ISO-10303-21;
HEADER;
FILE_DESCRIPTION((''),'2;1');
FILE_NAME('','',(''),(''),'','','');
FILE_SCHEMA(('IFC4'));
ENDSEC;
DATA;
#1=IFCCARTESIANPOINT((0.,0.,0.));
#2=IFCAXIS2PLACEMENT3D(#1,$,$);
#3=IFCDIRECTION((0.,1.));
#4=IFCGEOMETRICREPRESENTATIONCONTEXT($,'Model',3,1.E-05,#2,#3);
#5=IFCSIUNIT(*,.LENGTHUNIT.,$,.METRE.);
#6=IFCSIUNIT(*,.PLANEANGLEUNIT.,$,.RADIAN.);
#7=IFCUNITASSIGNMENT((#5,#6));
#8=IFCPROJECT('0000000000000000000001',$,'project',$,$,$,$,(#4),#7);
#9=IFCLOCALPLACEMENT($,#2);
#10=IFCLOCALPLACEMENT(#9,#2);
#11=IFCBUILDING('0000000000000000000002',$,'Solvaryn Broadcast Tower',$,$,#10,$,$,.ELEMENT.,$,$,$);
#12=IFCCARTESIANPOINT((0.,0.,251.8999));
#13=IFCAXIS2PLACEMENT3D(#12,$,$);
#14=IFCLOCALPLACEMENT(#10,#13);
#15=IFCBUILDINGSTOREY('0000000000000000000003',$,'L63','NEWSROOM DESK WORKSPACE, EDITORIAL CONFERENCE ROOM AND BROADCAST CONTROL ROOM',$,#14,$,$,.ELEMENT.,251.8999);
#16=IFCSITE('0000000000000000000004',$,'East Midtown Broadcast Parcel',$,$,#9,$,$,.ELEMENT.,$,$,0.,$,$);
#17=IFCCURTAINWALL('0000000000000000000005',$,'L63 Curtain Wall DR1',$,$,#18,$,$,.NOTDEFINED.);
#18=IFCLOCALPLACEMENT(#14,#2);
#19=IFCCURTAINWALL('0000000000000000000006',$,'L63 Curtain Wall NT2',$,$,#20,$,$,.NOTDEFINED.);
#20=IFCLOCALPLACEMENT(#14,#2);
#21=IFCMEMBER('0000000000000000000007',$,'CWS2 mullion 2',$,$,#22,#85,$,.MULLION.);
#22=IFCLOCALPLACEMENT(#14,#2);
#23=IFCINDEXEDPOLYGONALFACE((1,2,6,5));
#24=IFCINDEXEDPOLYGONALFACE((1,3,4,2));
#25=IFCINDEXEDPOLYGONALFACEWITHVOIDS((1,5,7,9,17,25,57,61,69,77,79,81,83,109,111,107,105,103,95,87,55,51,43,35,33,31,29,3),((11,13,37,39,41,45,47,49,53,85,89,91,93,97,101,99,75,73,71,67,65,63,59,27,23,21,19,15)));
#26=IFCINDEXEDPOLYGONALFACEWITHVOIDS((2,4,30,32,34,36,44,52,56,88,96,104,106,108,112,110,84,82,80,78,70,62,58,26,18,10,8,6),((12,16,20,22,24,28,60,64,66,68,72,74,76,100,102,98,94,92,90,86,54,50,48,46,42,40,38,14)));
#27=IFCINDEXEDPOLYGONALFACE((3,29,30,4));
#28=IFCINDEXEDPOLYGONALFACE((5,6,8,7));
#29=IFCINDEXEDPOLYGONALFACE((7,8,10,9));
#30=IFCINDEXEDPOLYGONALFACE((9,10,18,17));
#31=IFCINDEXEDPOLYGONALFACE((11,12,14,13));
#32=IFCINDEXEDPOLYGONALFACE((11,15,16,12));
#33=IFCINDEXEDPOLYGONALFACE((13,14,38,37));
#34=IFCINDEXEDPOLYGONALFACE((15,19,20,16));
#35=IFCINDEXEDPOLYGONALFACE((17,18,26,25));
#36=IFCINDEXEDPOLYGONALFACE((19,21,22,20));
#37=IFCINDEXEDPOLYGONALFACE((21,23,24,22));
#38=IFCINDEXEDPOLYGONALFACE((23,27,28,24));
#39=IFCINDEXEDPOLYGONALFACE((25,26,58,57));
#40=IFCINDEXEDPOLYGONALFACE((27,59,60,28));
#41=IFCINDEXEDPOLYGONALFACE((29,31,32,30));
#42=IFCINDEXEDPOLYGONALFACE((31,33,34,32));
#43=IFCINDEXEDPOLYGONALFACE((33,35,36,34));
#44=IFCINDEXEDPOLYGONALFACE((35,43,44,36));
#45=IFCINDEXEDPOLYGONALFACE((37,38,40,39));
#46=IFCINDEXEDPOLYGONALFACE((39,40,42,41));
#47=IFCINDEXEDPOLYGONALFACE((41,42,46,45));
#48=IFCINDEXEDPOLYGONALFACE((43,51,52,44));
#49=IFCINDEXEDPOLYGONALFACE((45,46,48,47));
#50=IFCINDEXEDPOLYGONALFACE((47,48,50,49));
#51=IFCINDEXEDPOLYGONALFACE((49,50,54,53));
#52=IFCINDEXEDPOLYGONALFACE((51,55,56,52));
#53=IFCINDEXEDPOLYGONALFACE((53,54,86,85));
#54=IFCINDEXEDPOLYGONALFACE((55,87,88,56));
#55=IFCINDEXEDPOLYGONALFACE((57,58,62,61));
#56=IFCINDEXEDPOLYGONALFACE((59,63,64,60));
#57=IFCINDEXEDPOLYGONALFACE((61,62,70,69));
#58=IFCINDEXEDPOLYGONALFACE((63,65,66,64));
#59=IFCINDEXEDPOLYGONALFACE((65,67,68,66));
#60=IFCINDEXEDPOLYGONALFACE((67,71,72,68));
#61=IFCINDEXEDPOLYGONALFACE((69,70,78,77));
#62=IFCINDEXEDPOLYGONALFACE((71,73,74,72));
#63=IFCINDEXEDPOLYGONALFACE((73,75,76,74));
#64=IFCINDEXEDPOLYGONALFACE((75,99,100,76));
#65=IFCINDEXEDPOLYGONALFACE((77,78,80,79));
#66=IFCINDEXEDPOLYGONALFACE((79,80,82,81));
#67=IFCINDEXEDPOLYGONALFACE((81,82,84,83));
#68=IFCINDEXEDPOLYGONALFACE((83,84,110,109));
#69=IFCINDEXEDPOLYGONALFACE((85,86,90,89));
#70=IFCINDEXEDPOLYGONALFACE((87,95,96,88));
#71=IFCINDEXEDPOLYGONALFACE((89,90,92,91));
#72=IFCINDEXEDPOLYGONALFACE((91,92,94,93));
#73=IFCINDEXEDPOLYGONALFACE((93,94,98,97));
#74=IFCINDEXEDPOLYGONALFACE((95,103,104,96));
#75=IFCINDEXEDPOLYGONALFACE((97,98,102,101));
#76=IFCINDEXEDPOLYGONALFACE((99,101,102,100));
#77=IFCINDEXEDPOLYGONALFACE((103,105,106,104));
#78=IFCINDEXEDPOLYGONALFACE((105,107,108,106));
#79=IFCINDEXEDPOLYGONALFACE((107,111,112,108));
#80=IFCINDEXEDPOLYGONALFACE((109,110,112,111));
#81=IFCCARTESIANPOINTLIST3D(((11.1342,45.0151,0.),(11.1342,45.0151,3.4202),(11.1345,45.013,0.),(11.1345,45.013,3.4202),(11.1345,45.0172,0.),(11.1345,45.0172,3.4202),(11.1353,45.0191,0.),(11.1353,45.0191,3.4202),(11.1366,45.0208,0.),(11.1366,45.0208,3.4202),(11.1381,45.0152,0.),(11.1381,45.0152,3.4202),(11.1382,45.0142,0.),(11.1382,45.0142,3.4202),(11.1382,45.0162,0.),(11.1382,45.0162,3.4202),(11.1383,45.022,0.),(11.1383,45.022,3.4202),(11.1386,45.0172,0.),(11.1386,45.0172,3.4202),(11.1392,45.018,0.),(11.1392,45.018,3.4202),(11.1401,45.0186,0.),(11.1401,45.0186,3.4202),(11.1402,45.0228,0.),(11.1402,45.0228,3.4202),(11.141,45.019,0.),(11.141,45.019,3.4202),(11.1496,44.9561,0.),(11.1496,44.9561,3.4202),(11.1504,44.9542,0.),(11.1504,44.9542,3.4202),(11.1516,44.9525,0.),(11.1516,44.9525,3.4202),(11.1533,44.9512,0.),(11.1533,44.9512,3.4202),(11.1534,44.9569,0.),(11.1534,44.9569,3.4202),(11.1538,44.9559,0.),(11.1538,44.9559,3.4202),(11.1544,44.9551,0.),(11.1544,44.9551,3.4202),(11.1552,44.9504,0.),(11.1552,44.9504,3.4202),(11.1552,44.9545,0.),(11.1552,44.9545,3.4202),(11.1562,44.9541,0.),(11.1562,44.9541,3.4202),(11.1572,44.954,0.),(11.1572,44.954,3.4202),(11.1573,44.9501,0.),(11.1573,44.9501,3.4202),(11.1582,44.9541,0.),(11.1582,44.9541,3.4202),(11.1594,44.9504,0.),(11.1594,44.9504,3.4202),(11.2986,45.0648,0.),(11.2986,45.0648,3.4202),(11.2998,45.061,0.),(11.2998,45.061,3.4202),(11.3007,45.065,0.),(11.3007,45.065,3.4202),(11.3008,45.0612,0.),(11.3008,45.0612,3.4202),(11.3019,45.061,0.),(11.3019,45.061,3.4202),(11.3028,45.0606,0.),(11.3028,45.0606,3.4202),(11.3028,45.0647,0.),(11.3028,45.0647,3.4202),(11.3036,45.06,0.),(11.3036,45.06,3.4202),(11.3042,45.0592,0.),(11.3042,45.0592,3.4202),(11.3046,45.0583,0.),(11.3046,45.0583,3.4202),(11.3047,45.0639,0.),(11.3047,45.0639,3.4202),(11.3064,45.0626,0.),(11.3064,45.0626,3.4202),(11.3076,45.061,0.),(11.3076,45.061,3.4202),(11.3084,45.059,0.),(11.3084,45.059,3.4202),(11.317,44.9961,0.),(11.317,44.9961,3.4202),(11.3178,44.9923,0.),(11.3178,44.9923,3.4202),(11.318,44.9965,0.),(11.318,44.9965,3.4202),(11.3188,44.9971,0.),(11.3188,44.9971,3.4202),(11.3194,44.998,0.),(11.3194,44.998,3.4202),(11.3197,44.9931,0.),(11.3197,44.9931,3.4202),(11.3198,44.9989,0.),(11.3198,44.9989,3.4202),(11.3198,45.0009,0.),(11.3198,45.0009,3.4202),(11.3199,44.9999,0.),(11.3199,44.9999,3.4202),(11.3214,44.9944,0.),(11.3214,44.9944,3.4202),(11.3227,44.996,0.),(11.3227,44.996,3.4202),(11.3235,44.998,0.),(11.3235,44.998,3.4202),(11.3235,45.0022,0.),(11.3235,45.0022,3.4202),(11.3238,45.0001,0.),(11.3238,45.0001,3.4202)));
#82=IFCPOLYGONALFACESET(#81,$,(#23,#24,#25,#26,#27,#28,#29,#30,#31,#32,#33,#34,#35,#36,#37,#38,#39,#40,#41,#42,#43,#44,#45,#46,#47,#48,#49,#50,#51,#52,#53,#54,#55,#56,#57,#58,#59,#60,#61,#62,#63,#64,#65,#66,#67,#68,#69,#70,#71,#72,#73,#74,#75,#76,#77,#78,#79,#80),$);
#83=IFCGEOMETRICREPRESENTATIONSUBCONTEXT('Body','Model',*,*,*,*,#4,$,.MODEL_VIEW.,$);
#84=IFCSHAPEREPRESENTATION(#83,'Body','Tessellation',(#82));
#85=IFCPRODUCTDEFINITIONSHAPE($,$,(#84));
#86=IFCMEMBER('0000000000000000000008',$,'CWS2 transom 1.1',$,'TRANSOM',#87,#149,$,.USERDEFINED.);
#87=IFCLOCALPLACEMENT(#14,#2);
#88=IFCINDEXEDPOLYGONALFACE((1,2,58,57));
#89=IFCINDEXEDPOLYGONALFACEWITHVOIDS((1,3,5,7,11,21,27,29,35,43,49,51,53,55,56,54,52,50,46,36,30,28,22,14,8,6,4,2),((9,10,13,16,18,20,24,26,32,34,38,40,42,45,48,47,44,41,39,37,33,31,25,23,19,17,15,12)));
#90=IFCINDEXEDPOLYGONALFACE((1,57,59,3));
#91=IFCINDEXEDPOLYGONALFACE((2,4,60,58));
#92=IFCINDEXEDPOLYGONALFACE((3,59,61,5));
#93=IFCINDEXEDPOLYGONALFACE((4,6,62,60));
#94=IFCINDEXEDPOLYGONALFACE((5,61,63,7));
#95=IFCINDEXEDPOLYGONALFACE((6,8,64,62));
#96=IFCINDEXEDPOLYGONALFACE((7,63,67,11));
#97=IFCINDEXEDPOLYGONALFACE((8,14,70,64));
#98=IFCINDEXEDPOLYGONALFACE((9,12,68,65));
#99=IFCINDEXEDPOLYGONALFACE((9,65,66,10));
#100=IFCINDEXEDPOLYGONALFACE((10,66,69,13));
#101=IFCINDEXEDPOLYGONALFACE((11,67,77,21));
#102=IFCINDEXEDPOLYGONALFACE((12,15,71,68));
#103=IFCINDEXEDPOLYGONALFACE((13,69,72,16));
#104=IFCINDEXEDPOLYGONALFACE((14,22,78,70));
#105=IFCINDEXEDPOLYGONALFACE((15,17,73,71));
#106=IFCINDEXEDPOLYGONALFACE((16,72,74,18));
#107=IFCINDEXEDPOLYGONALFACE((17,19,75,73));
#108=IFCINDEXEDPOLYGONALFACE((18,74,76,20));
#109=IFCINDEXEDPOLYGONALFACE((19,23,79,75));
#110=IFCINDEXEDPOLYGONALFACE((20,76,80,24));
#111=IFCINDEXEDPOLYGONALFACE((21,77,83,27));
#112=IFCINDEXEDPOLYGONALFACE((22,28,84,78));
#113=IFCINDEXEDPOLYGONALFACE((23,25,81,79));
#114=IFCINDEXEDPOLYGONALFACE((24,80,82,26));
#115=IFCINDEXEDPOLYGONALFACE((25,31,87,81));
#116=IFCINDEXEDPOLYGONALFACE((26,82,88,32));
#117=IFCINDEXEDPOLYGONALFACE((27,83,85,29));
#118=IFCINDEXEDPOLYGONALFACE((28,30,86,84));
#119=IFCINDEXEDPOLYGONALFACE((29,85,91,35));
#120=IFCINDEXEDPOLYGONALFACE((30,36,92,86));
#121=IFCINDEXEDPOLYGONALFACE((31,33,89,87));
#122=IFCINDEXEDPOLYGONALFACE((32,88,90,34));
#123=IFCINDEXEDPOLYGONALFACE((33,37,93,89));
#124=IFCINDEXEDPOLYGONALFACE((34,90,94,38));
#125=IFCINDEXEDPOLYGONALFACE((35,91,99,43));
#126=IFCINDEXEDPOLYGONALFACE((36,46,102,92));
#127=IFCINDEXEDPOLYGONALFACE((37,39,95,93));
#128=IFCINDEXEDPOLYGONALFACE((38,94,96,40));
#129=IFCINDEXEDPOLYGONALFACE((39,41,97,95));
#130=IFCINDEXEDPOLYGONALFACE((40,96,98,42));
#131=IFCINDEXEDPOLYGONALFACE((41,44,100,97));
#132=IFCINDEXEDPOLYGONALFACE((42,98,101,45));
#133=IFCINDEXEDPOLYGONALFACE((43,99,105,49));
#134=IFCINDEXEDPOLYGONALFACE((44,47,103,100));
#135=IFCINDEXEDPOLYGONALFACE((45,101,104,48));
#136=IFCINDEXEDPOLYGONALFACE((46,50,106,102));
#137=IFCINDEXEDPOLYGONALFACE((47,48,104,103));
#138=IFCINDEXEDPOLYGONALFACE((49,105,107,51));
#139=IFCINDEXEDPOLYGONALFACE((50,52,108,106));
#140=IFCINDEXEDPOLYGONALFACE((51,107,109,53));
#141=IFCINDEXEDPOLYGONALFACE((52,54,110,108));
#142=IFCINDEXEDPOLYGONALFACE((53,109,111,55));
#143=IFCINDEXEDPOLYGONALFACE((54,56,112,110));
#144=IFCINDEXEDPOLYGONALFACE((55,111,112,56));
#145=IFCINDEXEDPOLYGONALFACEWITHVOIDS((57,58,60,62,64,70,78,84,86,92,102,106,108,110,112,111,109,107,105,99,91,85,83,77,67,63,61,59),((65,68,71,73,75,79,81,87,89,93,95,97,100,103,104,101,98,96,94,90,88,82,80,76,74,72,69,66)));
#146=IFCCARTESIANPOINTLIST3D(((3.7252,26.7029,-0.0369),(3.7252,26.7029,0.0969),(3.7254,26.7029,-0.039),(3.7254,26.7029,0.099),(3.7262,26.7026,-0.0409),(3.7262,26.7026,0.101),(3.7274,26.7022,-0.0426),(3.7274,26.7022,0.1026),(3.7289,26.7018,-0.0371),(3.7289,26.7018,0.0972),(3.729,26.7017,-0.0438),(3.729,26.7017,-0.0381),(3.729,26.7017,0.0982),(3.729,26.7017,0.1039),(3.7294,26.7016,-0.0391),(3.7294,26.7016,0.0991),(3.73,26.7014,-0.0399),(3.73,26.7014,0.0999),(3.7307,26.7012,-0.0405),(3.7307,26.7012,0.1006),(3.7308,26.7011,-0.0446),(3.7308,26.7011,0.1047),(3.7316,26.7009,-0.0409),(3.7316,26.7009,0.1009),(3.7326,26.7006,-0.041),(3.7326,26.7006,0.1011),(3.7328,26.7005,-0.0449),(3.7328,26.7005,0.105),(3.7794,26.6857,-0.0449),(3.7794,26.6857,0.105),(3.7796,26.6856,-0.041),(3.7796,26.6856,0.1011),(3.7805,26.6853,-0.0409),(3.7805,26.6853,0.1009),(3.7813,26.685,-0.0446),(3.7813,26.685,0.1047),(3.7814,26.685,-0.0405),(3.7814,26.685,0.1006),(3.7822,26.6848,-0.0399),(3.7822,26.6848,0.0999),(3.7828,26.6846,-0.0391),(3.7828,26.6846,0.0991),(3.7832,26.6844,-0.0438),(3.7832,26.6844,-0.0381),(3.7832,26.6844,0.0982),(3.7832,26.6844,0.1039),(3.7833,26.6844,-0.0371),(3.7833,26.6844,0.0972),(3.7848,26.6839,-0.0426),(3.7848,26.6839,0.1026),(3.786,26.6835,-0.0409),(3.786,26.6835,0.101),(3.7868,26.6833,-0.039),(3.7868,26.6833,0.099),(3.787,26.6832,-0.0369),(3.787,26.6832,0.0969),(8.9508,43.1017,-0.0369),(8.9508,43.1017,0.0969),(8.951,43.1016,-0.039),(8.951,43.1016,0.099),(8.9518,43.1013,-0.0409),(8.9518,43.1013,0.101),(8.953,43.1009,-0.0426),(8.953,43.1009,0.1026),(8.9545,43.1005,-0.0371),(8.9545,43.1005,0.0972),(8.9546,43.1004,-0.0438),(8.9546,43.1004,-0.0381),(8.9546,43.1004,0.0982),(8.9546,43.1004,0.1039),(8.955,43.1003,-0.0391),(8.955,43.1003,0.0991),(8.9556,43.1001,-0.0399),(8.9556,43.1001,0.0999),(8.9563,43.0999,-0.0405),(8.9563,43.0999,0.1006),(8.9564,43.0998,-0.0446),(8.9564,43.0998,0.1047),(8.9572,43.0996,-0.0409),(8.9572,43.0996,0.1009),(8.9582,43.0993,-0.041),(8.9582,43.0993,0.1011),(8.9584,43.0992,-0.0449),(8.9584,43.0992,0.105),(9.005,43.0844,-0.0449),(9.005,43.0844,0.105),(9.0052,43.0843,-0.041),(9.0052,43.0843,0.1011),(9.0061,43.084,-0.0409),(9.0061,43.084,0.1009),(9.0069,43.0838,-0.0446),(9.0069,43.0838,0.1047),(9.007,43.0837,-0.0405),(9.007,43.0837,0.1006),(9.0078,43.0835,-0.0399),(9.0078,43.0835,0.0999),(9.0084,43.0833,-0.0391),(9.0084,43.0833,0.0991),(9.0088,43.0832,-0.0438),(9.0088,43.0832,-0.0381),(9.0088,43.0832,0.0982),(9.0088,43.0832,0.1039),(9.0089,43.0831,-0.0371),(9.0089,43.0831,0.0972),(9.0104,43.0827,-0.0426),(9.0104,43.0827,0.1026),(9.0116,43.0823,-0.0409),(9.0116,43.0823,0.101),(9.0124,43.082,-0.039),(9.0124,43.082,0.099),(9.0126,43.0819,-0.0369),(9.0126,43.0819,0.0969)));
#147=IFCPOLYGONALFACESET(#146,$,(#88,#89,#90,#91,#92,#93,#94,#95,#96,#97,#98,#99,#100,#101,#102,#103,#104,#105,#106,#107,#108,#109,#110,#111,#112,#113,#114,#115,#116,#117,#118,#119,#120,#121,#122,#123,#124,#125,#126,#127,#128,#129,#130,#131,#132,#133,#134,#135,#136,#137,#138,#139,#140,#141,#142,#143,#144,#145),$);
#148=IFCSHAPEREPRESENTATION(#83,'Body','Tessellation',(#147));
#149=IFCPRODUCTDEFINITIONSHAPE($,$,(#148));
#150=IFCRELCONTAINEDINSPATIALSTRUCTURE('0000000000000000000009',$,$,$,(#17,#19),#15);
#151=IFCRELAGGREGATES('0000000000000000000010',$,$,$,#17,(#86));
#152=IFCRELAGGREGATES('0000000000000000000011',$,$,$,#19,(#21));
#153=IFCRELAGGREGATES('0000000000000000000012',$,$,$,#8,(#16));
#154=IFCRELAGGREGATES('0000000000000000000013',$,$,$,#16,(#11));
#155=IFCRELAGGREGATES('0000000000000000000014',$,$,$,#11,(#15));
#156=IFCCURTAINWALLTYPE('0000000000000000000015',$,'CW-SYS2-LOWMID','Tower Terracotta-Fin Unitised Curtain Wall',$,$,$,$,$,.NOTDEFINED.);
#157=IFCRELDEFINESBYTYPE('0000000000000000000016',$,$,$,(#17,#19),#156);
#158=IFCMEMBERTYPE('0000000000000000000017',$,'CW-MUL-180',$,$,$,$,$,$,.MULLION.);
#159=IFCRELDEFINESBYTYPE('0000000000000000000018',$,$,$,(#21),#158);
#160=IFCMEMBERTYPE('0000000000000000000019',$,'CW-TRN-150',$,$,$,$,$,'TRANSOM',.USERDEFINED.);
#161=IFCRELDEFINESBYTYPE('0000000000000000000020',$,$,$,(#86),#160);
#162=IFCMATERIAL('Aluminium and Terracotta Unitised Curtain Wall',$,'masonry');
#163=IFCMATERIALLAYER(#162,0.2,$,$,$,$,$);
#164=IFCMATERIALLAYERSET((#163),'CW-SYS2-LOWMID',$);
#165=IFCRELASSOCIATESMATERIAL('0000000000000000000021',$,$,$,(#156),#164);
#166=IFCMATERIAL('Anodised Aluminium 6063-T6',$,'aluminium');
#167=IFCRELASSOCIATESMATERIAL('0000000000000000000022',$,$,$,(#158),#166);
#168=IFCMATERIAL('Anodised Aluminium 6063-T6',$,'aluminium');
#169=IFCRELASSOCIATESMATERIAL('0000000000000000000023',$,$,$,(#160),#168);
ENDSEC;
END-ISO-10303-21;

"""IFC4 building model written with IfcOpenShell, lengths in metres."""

from ifc_helpers import new_model, si_unit, direction, frame, origin, origin_2d, place, context, subcontext, project, spatial, hollow_rectangle, extrude, material, layer, layer_set, material_profile, profile_set, type_object, element, aggregate, save


model = new_model("IFC4")

# Units and contexts
model_context = context("Model", 3, precision=1e-05, world=origin(), true_north=direction((0.0, 1.0)))
body_context = subcontext(model_context, "Body", "Model", "MODEL_VIEW")
ifc_project = project(units=[si_unit("LENGTHUNIT", "METRE"), si_unit("PLANEANGLEUNIT", "RADIAN")], contexts=[model_context])

# Site, building, storey
site_placement = place(None, origin())
site = spatial("IfcSite", under=ifc_project, at=site_placement, Name="East Midtown Broadcast Parcel", CompositionType="ELEMENT", RefElevation=0.0)
building_placement = place(site_placement, origin())
building = spatial("IfcBuilding", under=site, at=building_placement, Name="Solvaryn Broadcast Tower", CompositionType="ELEMENT")
storey_placement = place(building_placement, frame((0.0, 0.0, 251.8999)))
storey = spatial("IfcBuildingStorey", under=building, at=storey_placement, Name="L63", Description="NEWSROOM DESK WORKSPACE, EDITORIAL CONFERENCE ROOM AND BROADCAST CONTROL ROOM", CompositionType="ELEMENT", Elevation=251.8999)

# Curtain walls, member
ifc_material_1 = material(Name="Aluminium and Terracotta Unitised Curtain Wall", Category="masonry")
ifc_layer_1 = layer(ifc_material_1, 0.2)
ifc_layer_set_1 = layer_set([ifc_layer_1], Name="CW-SYS2-LOWMID")
curtain_wall_type = type_object("IfcCurtainWallType", Name="CW-SYS2-LOWMID", Description="Tower Terracotta-Fin Unitised Curtain Wall", PredefinedType="NOTDEFINED", material=ifc_layer_set_1)
curtain_wall_1_placement = place(storey_placement, origin())
curtain_wall_1 = element("IfcCurtainWall", 1, at=curtain_wall_1_placement, inside=storey, type_object=curtain_wall_type, Name="L63 Curtain Wall DR1", PredefinedType="NOTDEFINED")
ifc_material_2 = material(Name="Anodised Aluminium 6063-T6", Category="aluminium")
ifc_material_profile_1 = material_profile(ifc_material_2, hollow_rectangle(XDim=0.075, YDim=0.1799, WallThickness=0.0039, InnerFilletRadius=0.0039, OuterFilletRadius=0.0081, at=origin_2d()))
ifc_profile_set_1 = profile_set([ifc_material_profile_1], Name="Anodised Aluminium 6063-T6")
member_type_1 = type_object("IfcMemberType", Name="CW-MUL-180", PredefinedType="MULLION", material=ifc_profile_set_1)
curtain_wall_2_placement = place(storey_placement, origin())
curtain_wall_2 = element("IfcCurtainWall", 2, at=curtain_wall_2_placement, inside=storey, type_object=curtain_wall_type, Name="L63 Curtain Wall NT2", PredefinedType="NOTDEFINED")
member_1_placement = place(storey_placement, frame((11.229, 45.0076, 0.0), z_axis=(0.0, 0.0, 1.0), x_axis=(0.255893, -0.966705, 0.0)))
member_1 = element("IfcMember", 3, at=member_1_placement, type_object=member_type_1, Name="CWS2 mullion 2", PredefinedType="MULLION", context=body_context, shape_type="SweptSolid", body=[
    extrude(hollow_rectangle(XDim=0.075, YDim=0.1799, WallThickness=0.0039, InnerFilletRadius=0.0039, OuterFilletRadius=0.0081, at=origin_2d()), origin(), (0.0, 0.0, 1.0), 3.4202),
])

# Member
ifc_material_3 = material(Name="Anodised Aluminium 6063-T6", Category="aluminium")
ifc_material_profile_2 = material_profile(ifc_material_3, hollow_rectangle(XDim=0.0649, YDim=0.1499, WallThickness=0.0039, InnerFilletRadius=0.0039, OuterFilletRadius=0.0081, at=origin_2d()))
ifc_profile_set_2 = profile_set([ifc_material_profile_2], Name="Anodised Aluminium 6063-T6")
member_type_2 = type_object("IfcMemberType", Name="CW-TRN-150", ElementType="TRANSOM", PredefinedType="USERDEFINED", material=ifc_profile_set_2)
member_2_placement = place(storey_placement, frame((8.9817, 43.0918, 0.03), z_axis=(-0.303616, -0.952794, 0.0), x_axis=(0.952794, -0.303616, 0.0)))
member_2 = element("IfcMember", 4, at=member_2_placement, type_object=member_type_2, Name="CWS2 transom 1.1", ObjectType="TRANSOM", PredefinedType="USERDEFINED", context=body_context, shape_type="SweptSolid", body=[
    extrude(hollow_rectangle(XDim=0.0649, YDim=0.1499, WallThickness=0.0039, InnerFilletRadius=0.0039, OuterFilletRadius=0.0081, at=origin_2d()), origin(), (0.0, 0.0, 1.0), 17.2112),
])

aggregate(curtain_wall_1, [member_2])
aggregate(curtain_wall_2, [member_1])

save(model, "model.ifc")
